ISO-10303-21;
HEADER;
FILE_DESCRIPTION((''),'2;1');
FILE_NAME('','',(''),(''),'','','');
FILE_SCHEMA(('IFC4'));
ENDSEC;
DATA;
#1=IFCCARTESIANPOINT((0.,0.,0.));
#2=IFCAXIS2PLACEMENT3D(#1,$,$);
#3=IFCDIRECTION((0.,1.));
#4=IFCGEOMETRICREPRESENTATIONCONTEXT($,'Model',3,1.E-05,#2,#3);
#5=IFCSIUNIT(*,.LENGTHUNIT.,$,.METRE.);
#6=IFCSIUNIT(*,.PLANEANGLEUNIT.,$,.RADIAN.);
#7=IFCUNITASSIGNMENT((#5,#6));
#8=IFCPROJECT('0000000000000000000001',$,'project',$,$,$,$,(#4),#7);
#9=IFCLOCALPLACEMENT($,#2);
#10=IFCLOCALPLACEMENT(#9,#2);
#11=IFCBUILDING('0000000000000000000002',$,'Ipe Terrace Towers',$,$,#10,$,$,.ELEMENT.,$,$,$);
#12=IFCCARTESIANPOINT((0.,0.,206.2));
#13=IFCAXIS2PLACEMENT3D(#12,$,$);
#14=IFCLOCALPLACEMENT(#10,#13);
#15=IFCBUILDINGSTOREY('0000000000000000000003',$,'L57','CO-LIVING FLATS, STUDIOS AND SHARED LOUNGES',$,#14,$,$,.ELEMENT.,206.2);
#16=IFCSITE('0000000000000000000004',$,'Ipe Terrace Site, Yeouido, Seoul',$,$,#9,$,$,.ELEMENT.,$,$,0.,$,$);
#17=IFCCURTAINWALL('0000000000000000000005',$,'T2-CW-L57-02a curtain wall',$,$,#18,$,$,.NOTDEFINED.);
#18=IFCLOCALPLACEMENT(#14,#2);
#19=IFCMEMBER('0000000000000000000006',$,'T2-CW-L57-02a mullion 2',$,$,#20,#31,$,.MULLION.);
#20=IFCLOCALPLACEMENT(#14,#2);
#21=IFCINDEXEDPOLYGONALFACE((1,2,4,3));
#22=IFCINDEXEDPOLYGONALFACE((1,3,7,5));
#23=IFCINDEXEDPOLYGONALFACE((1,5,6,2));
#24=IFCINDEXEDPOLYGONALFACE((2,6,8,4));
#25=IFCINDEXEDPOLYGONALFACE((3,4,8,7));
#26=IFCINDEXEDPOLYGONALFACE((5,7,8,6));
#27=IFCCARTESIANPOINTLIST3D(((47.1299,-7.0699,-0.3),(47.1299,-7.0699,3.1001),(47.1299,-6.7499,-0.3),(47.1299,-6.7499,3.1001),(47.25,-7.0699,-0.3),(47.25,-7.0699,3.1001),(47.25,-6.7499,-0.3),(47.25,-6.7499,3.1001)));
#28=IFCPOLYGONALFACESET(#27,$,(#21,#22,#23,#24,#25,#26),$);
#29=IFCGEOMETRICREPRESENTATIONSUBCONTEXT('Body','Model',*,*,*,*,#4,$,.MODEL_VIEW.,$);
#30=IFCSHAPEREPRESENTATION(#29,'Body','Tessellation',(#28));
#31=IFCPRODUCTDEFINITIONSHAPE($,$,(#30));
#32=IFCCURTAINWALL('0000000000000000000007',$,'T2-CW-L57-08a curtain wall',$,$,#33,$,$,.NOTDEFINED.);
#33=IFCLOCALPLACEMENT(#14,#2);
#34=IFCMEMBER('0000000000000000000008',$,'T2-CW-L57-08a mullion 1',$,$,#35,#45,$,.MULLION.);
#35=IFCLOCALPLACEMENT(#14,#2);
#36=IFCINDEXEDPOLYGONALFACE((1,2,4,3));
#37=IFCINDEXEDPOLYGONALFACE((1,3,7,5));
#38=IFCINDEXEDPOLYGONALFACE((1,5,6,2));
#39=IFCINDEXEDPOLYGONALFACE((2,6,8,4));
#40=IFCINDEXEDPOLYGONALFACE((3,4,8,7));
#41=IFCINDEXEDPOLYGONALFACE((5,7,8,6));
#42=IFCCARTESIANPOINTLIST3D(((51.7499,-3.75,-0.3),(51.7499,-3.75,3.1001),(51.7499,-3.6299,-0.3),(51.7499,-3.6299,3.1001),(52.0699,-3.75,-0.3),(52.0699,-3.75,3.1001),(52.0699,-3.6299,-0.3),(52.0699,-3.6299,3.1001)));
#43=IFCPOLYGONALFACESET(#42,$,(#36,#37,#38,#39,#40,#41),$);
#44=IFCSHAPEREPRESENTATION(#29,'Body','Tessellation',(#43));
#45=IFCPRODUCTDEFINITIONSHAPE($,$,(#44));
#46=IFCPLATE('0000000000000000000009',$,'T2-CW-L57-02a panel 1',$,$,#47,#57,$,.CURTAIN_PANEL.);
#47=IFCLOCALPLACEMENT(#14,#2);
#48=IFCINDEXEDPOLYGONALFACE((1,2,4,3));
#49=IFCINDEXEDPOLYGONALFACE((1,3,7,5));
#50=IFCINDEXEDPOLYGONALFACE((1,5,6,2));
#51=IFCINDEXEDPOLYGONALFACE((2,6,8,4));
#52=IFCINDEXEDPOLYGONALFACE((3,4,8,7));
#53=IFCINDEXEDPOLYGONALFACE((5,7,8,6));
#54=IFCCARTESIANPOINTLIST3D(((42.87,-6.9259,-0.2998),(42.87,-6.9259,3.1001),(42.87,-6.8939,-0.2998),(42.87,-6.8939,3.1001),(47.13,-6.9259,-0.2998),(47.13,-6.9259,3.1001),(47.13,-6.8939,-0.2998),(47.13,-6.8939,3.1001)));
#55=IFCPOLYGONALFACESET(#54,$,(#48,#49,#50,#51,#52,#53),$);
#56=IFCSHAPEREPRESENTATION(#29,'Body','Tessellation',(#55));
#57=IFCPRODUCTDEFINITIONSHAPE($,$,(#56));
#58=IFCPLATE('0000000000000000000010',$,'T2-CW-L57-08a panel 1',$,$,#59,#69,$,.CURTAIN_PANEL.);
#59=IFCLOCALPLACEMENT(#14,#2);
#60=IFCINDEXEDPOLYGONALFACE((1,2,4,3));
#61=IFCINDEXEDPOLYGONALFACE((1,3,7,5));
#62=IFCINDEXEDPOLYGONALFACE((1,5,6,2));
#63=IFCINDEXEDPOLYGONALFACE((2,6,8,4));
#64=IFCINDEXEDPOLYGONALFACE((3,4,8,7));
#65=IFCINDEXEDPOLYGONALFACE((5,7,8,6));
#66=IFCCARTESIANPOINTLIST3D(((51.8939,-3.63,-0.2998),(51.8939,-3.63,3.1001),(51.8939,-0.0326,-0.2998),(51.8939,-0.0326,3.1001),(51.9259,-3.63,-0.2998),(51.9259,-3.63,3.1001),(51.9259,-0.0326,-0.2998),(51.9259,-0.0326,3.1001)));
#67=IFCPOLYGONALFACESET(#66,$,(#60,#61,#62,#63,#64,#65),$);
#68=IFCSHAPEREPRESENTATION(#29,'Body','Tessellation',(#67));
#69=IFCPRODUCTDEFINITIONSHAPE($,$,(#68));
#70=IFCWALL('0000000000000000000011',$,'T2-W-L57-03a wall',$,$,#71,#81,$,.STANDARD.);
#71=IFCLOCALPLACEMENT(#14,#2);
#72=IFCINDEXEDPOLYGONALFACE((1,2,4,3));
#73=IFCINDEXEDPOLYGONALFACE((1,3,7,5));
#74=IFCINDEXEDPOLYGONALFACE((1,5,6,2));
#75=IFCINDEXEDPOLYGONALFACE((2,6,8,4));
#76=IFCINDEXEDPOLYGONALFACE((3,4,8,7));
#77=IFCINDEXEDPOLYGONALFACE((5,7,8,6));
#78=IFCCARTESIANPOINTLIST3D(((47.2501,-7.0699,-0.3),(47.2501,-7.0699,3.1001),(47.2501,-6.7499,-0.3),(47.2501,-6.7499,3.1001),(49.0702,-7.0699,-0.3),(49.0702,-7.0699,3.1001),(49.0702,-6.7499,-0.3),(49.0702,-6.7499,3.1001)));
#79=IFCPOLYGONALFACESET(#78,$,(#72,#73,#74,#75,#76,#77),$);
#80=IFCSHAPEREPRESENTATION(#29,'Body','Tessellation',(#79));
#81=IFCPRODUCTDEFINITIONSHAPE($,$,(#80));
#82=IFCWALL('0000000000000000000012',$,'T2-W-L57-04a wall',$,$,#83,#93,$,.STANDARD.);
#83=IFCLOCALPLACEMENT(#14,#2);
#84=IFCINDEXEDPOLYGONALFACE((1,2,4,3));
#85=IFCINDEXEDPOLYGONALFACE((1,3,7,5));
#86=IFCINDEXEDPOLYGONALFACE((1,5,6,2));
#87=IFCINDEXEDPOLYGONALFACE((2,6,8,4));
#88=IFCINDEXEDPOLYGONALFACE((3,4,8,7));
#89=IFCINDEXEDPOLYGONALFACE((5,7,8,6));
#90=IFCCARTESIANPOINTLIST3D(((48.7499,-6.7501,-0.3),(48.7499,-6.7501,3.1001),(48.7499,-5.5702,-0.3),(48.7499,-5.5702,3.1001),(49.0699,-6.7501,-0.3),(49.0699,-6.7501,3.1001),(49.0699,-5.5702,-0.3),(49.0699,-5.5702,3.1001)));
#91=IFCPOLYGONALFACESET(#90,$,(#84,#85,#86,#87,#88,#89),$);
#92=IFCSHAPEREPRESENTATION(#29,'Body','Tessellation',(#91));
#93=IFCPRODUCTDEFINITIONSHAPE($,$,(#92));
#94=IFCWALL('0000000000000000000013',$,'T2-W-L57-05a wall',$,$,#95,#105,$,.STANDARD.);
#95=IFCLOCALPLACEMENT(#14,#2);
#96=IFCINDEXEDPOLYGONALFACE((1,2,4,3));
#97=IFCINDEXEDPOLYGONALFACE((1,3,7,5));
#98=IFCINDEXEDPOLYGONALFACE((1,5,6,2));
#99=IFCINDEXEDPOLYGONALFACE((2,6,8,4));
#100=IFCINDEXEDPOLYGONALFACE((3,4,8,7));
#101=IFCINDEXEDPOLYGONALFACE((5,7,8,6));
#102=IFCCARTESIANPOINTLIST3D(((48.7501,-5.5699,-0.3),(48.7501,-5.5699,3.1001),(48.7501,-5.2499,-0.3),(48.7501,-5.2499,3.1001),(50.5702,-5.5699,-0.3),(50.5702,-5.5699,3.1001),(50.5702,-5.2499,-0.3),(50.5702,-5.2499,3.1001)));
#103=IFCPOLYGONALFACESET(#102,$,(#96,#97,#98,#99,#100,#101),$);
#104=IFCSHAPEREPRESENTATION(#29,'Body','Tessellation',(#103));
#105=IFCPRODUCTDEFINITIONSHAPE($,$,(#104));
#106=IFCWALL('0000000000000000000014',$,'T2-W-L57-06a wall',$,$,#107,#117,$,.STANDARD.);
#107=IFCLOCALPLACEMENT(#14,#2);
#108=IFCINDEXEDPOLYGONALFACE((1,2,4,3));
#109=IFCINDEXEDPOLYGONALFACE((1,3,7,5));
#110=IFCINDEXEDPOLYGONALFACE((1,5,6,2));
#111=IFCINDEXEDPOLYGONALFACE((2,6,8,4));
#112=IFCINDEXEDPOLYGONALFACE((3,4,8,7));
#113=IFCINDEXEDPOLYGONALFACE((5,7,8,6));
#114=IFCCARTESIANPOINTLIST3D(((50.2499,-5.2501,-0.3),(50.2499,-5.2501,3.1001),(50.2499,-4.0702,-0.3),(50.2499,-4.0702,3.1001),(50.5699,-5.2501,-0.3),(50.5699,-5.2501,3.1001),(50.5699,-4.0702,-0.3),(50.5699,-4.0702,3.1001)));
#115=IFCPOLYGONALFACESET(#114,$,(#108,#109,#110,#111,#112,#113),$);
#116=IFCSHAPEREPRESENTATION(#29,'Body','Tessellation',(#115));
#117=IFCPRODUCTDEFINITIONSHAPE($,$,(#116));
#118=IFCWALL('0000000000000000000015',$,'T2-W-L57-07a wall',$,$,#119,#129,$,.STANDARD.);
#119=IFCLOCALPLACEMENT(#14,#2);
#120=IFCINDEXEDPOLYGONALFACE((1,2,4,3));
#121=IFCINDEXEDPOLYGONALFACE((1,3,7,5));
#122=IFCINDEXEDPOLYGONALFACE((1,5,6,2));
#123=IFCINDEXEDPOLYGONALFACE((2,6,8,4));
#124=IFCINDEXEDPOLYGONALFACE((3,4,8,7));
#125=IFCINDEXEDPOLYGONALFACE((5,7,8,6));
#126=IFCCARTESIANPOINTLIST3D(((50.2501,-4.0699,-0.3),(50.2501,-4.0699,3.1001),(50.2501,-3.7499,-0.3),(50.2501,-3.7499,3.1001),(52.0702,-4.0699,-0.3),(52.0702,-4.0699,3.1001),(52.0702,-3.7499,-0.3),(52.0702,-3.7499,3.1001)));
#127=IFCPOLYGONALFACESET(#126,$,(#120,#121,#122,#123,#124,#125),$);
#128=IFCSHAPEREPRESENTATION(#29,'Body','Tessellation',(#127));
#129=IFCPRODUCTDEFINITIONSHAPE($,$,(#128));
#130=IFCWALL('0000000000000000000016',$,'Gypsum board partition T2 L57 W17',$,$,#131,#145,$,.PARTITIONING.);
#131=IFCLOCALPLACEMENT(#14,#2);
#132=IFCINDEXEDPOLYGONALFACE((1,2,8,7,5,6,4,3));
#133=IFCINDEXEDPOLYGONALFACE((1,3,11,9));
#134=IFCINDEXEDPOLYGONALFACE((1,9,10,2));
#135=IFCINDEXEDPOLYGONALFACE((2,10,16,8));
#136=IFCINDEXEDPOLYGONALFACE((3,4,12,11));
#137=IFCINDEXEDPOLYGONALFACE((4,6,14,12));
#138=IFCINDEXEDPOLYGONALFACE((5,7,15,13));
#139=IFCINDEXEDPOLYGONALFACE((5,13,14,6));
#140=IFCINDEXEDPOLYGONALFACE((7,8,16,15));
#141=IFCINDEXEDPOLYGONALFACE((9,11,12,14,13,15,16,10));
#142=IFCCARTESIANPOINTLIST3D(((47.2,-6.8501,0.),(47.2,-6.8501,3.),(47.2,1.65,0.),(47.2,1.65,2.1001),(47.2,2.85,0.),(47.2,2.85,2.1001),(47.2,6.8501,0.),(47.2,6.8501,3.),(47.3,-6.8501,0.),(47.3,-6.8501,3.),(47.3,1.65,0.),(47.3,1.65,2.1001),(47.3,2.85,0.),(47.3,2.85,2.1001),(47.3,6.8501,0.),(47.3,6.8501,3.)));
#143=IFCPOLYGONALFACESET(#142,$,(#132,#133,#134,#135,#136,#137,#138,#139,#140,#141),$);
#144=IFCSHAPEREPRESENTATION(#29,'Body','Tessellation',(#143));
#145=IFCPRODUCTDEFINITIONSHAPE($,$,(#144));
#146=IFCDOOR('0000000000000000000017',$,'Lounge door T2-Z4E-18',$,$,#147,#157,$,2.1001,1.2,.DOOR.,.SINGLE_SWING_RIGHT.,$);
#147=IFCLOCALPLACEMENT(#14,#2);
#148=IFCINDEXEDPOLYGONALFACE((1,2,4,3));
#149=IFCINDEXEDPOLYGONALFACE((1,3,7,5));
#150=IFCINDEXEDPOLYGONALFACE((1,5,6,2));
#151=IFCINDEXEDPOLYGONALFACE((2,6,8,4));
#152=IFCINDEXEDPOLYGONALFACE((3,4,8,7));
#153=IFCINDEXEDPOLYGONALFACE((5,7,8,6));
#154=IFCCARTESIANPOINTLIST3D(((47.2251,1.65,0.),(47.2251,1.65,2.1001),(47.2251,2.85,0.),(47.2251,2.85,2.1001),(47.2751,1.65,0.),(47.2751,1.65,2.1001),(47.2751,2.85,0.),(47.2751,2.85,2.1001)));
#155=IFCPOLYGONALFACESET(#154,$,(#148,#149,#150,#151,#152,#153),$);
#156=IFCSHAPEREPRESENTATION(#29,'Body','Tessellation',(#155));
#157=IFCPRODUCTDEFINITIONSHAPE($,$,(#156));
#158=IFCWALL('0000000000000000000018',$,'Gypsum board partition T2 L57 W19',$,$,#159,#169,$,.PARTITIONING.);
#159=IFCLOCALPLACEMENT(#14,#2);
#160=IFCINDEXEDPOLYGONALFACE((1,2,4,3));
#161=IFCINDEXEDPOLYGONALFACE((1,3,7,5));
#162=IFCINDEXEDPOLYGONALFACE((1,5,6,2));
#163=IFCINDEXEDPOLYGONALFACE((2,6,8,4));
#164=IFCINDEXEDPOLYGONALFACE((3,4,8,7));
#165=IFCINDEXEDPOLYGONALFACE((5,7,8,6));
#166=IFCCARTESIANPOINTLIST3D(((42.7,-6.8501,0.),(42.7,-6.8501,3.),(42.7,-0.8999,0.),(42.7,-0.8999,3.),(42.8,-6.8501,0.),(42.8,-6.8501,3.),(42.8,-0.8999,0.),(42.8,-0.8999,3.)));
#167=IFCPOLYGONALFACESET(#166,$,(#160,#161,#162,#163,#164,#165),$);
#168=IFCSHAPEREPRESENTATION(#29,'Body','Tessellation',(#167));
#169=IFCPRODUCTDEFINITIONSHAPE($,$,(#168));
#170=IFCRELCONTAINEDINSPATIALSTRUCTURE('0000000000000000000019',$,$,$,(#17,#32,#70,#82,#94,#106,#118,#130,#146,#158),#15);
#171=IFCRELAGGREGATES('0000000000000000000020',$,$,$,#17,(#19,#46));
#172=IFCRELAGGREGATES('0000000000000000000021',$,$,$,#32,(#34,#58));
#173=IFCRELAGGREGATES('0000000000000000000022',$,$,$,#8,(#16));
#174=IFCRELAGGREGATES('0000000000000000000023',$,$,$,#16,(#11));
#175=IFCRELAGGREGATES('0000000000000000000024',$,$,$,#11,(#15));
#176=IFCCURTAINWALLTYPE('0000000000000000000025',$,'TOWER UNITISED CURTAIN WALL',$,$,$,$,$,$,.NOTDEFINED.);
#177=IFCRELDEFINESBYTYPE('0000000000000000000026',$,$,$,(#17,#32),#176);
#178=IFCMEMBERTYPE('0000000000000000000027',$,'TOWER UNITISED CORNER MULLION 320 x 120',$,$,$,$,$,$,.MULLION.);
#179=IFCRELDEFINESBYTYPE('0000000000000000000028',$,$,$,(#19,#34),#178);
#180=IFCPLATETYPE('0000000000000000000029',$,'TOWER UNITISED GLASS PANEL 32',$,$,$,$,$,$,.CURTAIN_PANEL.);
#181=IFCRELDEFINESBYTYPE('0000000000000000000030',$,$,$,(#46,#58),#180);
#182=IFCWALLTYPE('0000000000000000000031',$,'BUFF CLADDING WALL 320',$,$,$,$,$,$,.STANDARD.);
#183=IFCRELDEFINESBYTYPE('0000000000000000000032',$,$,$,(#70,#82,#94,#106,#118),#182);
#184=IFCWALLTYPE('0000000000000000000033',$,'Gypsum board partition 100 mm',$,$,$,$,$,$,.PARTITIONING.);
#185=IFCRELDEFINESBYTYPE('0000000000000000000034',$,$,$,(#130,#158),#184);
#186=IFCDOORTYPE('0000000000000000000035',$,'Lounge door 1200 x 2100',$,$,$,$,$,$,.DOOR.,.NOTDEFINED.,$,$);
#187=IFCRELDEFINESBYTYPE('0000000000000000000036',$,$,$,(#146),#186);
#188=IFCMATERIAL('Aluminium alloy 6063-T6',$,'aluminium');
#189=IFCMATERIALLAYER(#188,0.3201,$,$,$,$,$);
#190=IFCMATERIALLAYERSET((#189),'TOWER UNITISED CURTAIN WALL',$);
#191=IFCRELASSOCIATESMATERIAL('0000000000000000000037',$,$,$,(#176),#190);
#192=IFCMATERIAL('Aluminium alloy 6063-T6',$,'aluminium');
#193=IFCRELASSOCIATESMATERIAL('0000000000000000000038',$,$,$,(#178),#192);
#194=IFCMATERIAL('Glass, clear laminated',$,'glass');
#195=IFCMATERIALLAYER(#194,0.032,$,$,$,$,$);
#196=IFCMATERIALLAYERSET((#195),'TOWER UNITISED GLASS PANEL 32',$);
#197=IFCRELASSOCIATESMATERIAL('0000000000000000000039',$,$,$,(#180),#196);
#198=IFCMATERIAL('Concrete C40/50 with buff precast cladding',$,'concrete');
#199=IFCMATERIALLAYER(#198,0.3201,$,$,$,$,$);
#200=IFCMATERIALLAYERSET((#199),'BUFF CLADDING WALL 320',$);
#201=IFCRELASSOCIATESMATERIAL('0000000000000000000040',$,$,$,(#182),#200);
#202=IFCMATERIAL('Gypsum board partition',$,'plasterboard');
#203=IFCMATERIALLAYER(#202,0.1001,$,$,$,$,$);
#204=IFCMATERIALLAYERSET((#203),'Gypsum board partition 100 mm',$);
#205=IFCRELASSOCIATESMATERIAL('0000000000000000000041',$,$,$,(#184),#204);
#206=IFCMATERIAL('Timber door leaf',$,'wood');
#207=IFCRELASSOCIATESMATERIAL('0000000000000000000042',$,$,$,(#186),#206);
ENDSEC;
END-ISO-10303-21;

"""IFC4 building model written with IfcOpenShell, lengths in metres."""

from ifc_helpers import new_model, si_unit, direction, frame, frame_2d, origin, origin_2d, place, context, subcontext, project, spatial, rectangle, extrude, material, layer, layer_set, material_profile, profile_set, type_object, element, fill, aggregate, save


model = new_model("IFC4")

# Units and contexts
model_context = context("Model", 3, precision=1e-05, world=origin(), true_north=direction((0.0, 1.0)))
body_context = subcontext(model_context, "Body", "Model", "MODEL_VIEW")
ifc_project = project(units=[si_unit("LENGTHUNIT", "METRE"), si_unit("PLANEANGLEUNIT", "RADIAN")], contexts=[model_context])

# Site, building, storey
site_placement = place(None, origin())
site = spatial("IfcSite", under=ifc_project, at=site_placement, Name="Ipe Terrace Site, Yeouido, Seoul", CompositionType="ELEMENT", RefElevation=0.0)
building_placement = place(site_placement, origin())
building = spatial("IfcBuilding", under=site, at=building_placement, Name="Ipe Terrace Towers", CompositionType="ELEMENT")
storey_placement = place(building_placement, frame((0.0, 0.0, 206.2)))
storey = spatial("IfcBuildingStorey", under=building, at=storey_placement, Name="L57", Description="CO-LIVING FLATS, STUDIOS AND SHARED LOUNGES", CompositionType="ELEMENT", Elevation=206.2)

# Curtain wall, member
ifc_material_1 = material(Name="Aluminium alloy 6063-T6", Category="aluminium")
ifc_layer_1 = layer(ifc_material_1, 0.3201)
ifc_layer_set_1 = layer_set([ifc_layer_1], Name="TOWER UNITISED CURTAIN WALL")
curtain_wall_type = type_object("IfcCurtainWallType", Name="TOWER UNITISED CURTAIN WALL", PredefinedType="NOTDEFINED", material=ifc_layer_set_1)
curtain_wall_1_placement = place(storey_placement, origin())
curtain_wall_1 = element("IfcCurtainWall", 1, at=curtain_wall_1_placement, inside=storey, type_object=curtain_wall_type, Name="T2-CW-L57-02a curtain wall", PredefinedType="NOTDEFINED")
ifc_material_2 = material(Name="Aluminium alloy 6063-T6", Category="aluminium")
ifc_material_profile_1 = material_profile(ifc_material_2, rectangle(XDim=0.3201, YDim=0.1201, at=origin_2d()), Name="TOWER UNITISED CORNER MULLION 320 x 120")
ifc_profile_set_1 = profile_set([ifc_material_profile_1], Name="Aluminium alloy 6063-T6")
member_type = type_object("IfcMemberType", Name="TOWER UNITISED CORNER MULLION 320 x 120", PredefinedType="MULLION", material=ifc_profile_set_1)
member_1_placement = place(storey_placement, frame((47.1899, -6.9099, -0.3), z_axis=(0.0, 0.0, 1.0), x_axis=(0.0, -1.0, 0.0)))
member_1 = element("IfcMember", 2, at=member_1_placement, type_object=member_type, Name="T2-CW-L57-02a mullion 2", PredefinedType="MULLION", context=body_context, shape_type="SweptSolid", body=[
    extrude(rectangle(XDim=0.3201, YDim=0.1201, at=origin_2d()), origin(), (0.0, 0.0, 1.0), 3.4001),
])

# Curtain wall, member
curtain_wall_2_placement = place(storey_placement, origin())
curtain_wall_2 = element("IfcCurtainWall", 3, at=curtain_wall_2_placement, inside=storey, type_object=curtain_wall_type, Name="T2-CW-L57-08a curtain wall", PredefinedType="NOTDEFINED")
member_2_placement = place(storey_placement, frame((51.9099, -3.6899, -0.3), z_axis=(0.0, 0.0, 1.0), x_axis=(1.0, 0.0, 0.0)))
member_2 = element("IfcMember", 4, at=member_2_placement, type_object=member_type, Name="T2-CW-L57-08a mullion 1", PredefinedType="MULLION", context=body_context, shape_type="SweptSolid", body=[
    extrude(rectangle(XDim=0.3201, YDim=0.1201, at=origin_2d()), origin(), (0.0, 0.0, 1.0), 3.4001),
])

# Plates
ifc_material_3 = material(Name="Glass, clear laminated", Category="glass")
ifc_layer_2 = layer(ifc_material_3, 0.032)
ifc_layer_set_2 = layer_set([ifc_layer_2], Name="TOWER UNITISED GLASS PANEL 32")
plate_type = type_object("IfcPlateType", Name="TOWER UNITISED GLASS PANEL 32", PredefinedType="CURTAIN_PANEL", material=ifc_layer_set_2)
plate_1_placement = place(storey_placement, frame((45.0, -6.9099, -0.2998), z_axis=(0.0, 0.0, 1.0), x_axis=(1.0, 0.0, 0.0)))
plate_1 = element("IfcPlate", 5, at=plate_1_placement, type_object=plate_type, Name="T2-CW-L57-02a panel 1", PredefinedType="CURTAIN_PANEL", context=body_context, shape_type="SweptSolid", body=[
    extrude(rectangle(XDim=4.26, YDim=0.032, at=origin_2d()), origin(), (0.0, 0.0, 1.0), 3.3999),
])
aggregate(curtain_wall_1, [member_1, plate_1])
plate_2_placement = place(storey_placement, frame((51.9099, -1.8313, -0.2998), z_axis=(0.0, 0.0, 1.0), x_axis=(0.0, 1.0, 0.0)))
plate_2 = element("IfcPlate", 6, at=plate_2_placement, type_object=plate_type, Name="T2-CW-L57-08a panel 1", PredefinedType="CURTAIN_PANEL", context=body_context, shape_type="SweptSolid", body=[
    extrude(rectangle(XDim=3.5974, YDim=0.032, at=origin_2d()), origin(), (0.0, 0.0, 1.0), 3.3999),
])
aggregate(curtain_wall_2, [member_2, plate_2])

# Walls
ifc_material_4 = material(Name="Concrete C40/50 with buff precast cladding", Category="concrete")
ifc_layer_3 = layer(ifc_material_4, 0.3201)
ifc_layer_set_3 = layer_set([ifc_layer_3], Name="BUFF CLADDING WALL 320")
wall_type_1 = type_object("IfcWallType", Name="BUFF CLADDING WALL 320", PredefinedType="STANDARD", material=ifc_layer_set_3)
wall_1_placement = place(storey_placement, frame((47.25, -6.9099, -0.3), z_axis=(0.0, 0.0, 1.0), x_axis=(1.0, 0.0, 0.0)))
element("IfcWall", 7, at=wall_1_placement, inside=storey, type_object=wall_type_1, Name="T2-W-L57-03a wall", PredefinedType="STANDARD", context=body_context, shape_type="SweptSolid", body=[
    extrude(rectangle(XDim=1.8201, YDim=0.3201, at=frame_2d((0.9102, 0.0))), origin(), (0.0, 0.0, 1.0), 3.4001),
])
wall_2_placement = place(storey_placement, frame((48.9099, -6.75, -0.3), z_axis=(0.0, 0.0, 1.0), x_axis=(0.0, 1.0, 0.0)))
element("IfcWall", 8, at=wall_2_placement, inside=storey, type_object=wall_type_1, Name="T2-W-L57-04a wall", PredefinedType="STANDARD", context=body_context, shape_type="SweptSolid", body=[
    extrude(rectangle(XDim=1.1799, YDim=0.3201, at=frame_2d((0.5898, 0.0))), origin(), (0.0, 0.0, 1.0), 3.4001),
])
wall_3_placement = place(storey_placement, frame((48.75, -5.4099, -0.3), z_axis=(0.0, 0.0, 1.0), x_axis=(1.0, 0.0, 0.0)))
element("IfcWall", 9, at=wall_3_placement, inside=storey, type_object=wall_type_1, Name="T2-W-L57-05a wall", PredefinedType="STANDARD", context=body_context, shape_type="SweptSolid", body=[
    extrude(rectangle(XDim=1.8201, YDim=0.3201, at=frame_2d((0.9102, 0.0))), origin(), (0.0, 0.0, 1.0), 3.4001),
])
wall_4_placement = place(storey_placement, frame((50.4099, -5.25, -0.3), z_axis=(0.0, 0.0, 1.0), x_axis=(0.0, 1.0, 0.0)))
element("IfcWall", 10, at=wall_4_placement, inside=storey, type_object=wall_type_1, Name="T2-W-L57-06a wall", PredefinedType="STANDARD", context=body_context, shape_type="SweptSolid", body=[
    extrude(rectangle(XDim=1.1799, YDim=0.3201, at=frame_2d((0.5898, 0.0))), origin(), (0.0, 0.0, 1.0), 3.4001),
])
wall_5_placement = place(storey_placement, frame((50.25, -3.9099, -0.3), z_axis=(0.0, 0.0, 1.0), x_axis=(1.0, 0.0, 0.0)))
element("IfcWall", 11, at=wall_5_placement, inside=storey, type_object=wall_type_1, Name="T2-W-L57-07a wall", PredefinedType="STANDARD", context=body_context, shape_type="SweptSolid", body=[
    extrude(rectangle(XDim=1.8201, YDim=0.3201, at=frame_2d((0.9102, 0.0))), origin(), (0.0, 0.0, 1.0), 3.4001),
])

# Wall, opening, door
ifc_material_5 = material(Name="Gypsum board partition", Category="plasterboard")
ifc_layer_4 = layer(ifc_material_5, 0.1001)
ifc_layer_set_4 = layer_set([ifc_layer_4], Name="Gypsum board partition 100 mm")
wall_type_2 = type_object("IfcWallType", Name="Gypsum board partition 100 mm", PredefinedType="PARTITIONING", material=ifc_layer_set_4)
wall_6_placement = place(storey_placement, frame((47.25, -6.8501, 0.0), z_axis=(0.0, 0.0, 1.0), x_axis=(0.0, 1.0, 0.0)))
wall_6 = element("IfcWall", 12, at=wall_6_placement, inside=storey, type_object=wall_type_2, Name="Gypsum board partition T2 L57 W17", PredefinedType="PARTITIONING", context=body_context, shape_type="SweptSolid", body=[
    extrude(rectangle(XDim=13.7002, YDim=0.1001, at=frame_2d((6.8501, 0.0))), origin(), (0.0, 0.0, 1.0), 3.0),
])
opening_1_placement = place(wall_6_placement, frame((8.5, 0.0, 0.0)))
opening_1 = element("IfcOpeningElement", 13, at=opening_1_placement, cuts=wall_6, PredefinedType="OPENING", context=body_context, shape_type="SweptSolid", body=[
    extrude(rectangle(XDim=1.2, YDim=2.1001, at=frame_2d((0.6001, 1.05))), frame((0.0, 0.0601, 0.0), z_axis=(0.0, -1.0, 0.0), x_axis=(1.0, 0.0, 0.0)), (0.0, 0.0, 1.0), 0.1201),
])
ifc_material_6 = material(Name="Timber door leaf", Category="wood")
door_type_1 = type_object("IfcDoorType", Name="Lounge door 1200 x 2100", OperationType="NOTDEFINED", PredefinedType="DOOR", material=ifc_material_6)
door_1_placement = place(opening_1_placement, origin())
door_1 = element("IfcDoor", 14, at=door_1_placement, inside=storey, type_object=door_type_1, Name="Lounge door T2-Z4E-18", OperationType="SINGLE_SWING_RIGHT", OverallHeight=2.1001, OverallWidth=1.2, PredefinedType="DOOR", context=body_context, shape_type="SweptSolid", body=[
    extrude(rectangle(XDim=1.2, YDim=2.1001, at=frame_2d((0.6001, 1.05))), frame((0.0, 0.0249, 0.0), z_axis=(0.0, -1.0, 0.0), x_axis=(1.0, 0.0, 0.0)), (0.0, 0.0, 1.0), 0.05),
])
fill(opening_1, door_1)

# Wall
wall_7_placement = place(storey_placement, frame((42.75, -6.8501, 0.0), z_axis=(0.0, 0.0, 1.0), x_axis=(0.0, 1.0, 0.0)))
element("IfcWall", 15, at=wall_7_placement, inside=storey, type_object=wall_type_2, Name="Gypsum board partition T2 L57 W19", PredefinedType="PARTITIONING", context=body_context, shape_type="SweptSolid", body=[
    extrude(rectangle(XDim=5.9502, YDim=0.1001, at=frame_2d((2.9751, 0.0))), origin(), (0.0, 0.0, 1.0), 3.0),
])

save(model, "model.ifc")
